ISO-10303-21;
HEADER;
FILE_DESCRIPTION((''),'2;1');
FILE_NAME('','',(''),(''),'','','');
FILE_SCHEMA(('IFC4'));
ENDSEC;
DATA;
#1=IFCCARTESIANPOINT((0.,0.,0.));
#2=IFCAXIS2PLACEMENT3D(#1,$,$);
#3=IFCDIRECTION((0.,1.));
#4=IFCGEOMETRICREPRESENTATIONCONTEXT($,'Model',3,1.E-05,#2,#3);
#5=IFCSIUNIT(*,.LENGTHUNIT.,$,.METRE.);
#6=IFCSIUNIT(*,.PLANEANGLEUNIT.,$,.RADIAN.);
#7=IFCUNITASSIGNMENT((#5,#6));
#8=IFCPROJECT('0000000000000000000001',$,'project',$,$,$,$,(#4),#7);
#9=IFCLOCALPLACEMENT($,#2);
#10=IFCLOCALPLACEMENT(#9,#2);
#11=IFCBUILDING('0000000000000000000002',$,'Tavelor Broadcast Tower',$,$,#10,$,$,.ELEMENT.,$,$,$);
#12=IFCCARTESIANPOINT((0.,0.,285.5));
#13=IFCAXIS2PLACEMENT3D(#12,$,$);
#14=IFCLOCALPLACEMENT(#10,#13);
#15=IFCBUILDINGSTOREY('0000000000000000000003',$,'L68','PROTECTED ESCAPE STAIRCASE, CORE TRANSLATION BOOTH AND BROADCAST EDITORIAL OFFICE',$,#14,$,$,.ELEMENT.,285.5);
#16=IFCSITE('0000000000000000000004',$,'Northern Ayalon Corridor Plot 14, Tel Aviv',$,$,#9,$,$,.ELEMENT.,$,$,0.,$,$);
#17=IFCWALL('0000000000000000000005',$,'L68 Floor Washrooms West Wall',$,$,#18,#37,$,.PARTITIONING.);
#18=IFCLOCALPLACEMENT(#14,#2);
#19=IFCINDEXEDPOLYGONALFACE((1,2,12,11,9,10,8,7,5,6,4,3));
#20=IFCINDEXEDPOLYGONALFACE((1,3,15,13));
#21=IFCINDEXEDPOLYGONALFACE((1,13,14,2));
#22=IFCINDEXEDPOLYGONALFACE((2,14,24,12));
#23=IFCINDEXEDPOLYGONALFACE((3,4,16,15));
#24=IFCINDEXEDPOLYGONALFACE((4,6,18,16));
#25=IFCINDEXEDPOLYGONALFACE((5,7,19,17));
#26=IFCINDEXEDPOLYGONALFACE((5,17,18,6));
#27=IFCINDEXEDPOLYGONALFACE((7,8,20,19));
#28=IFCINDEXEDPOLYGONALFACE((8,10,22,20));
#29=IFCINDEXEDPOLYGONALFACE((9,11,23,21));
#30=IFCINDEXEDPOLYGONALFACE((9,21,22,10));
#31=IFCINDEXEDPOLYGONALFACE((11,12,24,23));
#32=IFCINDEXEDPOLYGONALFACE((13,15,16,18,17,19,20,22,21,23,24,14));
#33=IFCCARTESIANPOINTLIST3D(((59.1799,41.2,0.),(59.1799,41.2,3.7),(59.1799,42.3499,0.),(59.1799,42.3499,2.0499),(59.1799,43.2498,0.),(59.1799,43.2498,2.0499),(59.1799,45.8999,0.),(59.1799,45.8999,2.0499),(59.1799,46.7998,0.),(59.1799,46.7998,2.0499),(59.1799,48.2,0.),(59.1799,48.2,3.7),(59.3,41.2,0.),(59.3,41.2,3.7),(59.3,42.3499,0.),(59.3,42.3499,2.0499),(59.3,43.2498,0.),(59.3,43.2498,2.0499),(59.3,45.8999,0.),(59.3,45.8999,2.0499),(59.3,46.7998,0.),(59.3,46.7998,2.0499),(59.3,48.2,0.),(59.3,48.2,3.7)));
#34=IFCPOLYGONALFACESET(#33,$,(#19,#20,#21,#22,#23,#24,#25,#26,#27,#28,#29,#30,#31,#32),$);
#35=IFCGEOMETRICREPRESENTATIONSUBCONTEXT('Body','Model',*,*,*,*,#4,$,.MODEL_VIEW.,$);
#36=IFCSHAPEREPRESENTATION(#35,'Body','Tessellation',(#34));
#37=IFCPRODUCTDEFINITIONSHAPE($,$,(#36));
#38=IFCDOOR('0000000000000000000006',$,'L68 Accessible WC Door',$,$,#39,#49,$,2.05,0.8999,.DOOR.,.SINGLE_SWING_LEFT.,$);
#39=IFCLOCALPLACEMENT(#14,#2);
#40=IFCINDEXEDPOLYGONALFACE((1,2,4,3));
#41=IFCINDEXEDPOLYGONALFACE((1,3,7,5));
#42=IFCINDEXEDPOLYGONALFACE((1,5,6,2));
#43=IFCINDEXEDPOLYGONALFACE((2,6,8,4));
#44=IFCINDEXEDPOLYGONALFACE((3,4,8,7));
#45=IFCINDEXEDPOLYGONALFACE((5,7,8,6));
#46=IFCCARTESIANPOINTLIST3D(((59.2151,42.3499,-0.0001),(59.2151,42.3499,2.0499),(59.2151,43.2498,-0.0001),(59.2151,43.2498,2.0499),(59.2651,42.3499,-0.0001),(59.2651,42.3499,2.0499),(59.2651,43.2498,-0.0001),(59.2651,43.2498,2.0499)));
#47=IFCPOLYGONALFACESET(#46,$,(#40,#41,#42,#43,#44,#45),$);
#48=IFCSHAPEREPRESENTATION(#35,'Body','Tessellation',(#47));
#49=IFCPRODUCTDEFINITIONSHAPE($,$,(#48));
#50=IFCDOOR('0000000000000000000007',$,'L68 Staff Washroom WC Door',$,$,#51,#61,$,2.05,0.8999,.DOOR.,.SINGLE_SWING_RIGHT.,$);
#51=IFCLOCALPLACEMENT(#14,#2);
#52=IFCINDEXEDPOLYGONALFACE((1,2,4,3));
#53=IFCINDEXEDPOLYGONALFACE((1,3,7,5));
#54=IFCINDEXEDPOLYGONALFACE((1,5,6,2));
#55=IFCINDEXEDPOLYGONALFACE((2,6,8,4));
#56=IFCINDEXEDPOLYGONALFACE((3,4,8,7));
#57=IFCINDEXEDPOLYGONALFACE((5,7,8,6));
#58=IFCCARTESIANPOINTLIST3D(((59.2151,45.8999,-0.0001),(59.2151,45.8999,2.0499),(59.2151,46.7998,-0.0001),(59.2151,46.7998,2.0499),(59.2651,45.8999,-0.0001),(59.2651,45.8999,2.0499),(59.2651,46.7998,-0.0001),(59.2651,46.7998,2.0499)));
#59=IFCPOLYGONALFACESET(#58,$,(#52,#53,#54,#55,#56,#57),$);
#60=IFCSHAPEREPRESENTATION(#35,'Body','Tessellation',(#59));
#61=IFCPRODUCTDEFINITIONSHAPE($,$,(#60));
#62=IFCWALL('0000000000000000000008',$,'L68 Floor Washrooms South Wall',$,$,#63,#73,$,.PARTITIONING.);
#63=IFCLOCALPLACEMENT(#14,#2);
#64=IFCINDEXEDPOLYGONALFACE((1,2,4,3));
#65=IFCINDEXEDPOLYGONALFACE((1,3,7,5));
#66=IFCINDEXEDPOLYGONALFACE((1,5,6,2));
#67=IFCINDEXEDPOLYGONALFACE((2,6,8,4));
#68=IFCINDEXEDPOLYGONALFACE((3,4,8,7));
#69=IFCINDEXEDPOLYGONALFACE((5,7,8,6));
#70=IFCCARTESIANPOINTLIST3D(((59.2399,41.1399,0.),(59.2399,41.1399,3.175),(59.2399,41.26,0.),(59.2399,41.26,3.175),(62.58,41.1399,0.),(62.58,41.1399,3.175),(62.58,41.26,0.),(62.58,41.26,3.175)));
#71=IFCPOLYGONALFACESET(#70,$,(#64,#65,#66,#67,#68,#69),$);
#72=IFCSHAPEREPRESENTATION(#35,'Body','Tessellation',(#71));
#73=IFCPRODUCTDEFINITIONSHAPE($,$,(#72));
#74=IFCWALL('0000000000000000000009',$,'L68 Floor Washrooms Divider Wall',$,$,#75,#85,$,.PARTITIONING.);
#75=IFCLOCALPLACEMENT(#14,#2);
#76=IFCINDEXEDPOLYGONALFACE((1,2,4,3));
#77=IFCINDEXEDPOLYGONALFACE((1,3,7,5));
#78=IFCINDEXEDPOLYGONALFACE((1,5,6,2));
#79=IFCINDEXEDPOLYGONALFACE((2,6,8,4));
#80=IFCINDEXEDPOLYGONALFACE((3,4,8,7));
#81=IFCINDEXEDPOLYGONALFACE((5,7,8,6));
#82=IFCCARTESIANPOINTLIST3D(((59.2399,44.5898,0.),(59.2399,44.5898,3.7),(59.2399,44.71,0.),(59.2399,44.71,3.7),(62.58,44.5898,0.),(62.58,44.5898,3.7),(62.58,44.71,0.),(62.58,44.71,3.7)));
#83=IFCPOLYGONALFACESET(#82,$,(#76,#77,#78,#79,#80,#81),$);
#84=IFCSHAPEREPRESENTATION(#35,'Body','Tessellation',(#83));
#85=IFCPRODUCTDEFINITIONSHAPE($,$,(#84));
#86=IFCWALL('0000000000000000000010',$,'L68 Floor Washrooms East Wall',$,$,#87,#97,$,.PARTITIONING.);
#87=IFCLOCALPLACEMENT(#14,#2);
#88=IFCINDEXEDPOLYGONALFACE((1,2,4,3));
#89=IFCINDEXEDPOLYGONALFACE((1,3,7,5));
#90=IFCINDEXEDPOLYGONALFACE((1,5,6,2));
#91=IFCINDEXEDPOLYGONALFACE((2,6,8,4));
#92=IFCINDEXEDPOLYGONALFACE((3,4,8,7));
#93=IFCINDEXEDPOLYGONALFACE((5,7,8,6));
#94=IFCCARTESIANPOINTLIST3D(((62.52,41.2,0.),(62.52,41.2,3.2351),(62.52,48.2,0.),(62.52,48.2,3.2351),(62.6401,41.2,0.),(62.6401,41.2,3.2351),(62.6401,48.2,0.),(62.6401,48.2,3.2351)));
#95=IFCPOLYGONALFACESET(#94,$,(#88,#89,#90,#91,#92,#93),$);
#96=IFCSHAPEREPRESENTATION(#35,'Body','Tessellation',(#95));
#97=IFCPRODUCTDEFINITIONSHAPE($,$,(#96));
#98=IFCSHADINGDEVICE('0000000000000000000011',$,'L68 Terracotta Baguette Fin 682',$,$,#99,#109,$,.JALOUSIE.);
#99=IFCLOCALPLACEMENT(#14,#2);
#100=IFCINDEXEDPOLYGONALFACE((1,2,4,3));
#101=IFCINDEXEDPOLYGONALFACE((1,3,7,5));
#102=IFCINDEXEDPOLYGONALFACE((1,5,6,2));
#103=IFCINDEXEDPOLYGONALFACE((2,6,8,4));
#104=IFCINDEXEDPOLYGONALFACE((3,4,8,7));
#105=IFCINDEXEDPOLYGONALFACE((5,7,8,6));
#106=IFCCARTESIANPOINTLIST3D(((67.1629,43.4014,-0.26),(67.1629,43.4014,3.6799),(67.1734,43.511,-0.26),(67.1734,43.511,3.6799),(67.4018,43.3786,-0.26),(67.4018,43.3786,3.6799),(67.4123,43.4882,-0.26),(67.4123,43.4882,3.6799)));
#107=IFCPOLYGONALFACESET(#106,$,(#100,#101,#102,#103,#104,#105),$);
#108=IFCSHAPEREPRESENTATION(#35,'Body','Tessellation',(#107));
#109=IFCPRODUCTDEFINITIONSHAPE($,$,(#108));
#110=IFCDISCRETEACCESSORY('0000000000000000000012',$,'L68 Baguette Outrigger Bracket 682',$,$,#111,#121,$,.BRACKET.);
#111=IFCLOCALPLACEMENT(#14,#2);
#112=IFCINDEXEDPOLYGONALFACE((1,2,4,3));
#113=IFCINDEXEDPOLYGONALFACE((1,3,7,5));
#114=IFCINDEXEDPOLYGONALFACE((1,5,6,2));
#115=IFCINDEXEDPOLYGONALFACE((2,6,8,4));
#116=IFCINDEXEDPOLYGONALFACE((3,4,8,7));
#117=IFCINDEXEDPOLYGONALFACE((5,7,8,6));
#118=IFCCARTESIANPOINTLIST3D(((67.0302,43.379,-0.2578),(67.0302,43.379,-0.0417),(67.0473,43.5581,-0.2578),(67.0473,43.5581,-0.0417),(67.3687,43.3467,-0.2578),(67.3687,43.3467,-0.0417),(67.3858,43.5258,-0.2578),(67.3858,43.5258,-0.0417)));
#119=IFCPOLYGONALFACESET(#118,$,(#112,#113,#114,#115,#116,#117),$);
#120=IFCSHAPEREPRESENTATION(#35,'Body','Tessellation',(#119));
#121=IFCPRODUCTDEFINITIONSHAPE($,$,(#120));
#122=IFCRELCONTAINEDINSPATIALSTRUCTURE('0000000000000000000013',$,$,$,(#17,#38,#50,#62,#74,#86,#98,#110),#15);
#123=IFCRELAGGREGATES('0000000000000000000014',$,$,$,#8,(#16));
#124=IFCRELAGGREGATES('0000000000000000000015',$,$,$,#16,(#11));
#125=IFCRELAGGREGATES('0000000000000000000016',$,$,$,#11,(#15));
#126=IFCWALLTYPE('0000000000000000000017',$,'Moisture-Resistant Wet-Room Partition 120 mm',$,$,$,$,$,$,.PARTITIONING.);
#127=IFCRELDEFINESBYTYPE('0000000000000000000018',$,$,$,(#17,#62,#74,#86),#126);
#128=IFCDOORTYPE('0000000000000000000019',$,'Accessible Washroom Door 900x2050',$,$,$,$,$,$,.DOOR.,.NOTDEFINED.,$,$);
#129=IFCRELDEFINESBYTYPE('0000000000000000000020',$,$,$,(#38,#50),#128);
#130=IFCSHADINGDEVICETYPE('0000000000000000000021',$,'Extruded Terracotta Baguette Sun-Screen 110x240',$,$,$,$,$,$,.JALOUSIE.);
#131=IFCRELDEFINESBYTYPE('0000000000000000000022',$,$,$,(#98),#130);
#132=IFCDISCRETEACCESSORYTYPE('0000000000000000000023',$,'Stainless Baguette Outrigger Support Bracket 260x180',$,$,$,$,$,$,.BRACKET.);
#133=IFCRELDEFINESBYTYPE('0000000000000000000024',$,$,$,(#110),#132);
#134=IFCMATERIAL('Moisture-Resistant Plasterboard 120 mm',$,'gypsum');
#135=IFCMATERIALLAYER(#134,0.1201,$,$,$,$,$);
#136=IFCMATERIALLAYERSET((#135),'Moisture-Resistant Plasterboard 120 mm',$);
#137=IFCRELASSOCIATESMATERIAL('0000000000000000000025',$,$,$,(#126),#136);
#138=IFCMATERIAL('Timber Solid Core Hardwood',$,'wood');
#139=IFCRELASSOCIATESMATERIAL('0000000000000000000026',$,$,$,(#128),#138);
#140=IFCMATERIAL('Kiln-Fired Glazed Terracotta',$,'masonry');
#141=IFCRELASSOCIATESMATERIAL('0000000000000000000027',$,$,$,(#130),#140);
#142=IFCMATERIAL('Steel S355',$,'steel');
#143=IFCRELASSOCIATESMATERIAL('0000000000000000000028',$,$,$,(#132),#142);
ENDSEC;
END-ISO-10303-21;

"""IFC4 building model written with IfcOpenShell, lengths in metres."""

from ifc_helpers import new_model, si_unit, direction, frame, frame_2d, origin, origin_2d, place, context, subcontext, project, spatial, rectangle, extrude, source, transform, mapped, material, layer, layer_set, type_object, type_shapes, element, fill, save


model = new_model("IFC4")

# Units and contexts
model_context = context("Model", 3, precision=1e-05, world=origin(), true_north=direction((0.0, 1.0)))
body_context = subcontext(model_context, "Body", "Model", "MODEL_VIEW")
ifc_project = project(units=[si_unit("LENGTHUNIT", "METRE"), si_unit("PLANEANGLEUNIT", "RADIAN")], contexts=[model_context])

# Site, building, storey
site_placement = place(None, origin())
site = spatial("IfcSite", under=ifc_project, at=site_placement, Name="Northern Ayalon Corridor Plot 14, Tel Aviv", CompositionType="ELEMENT", RefElevation=0.0)
building_placement = place(site_placement, origin())
building = spatial("IfcBuilding", under=site, at=building_placement, Name="Tavelor Broadcast Tower", CompositionType="ELEMENT")
storey_placement = place(building_placement, frame((0.0, 0.0, 285.5)))
storey = spatial("IfcBuildingStorey", under=building, at=storey_placement, Name="L68", Description="PROTECTED ESCAPE STAIRCASE, CORE TRANSLATION BOOTH AND BROADCAST EDITORIAL OFFICE", CompositionType="ELEMENT", Elevation=285.5)

# Shared definitions
ifc_material_1 = material(Name="Steel S355", Category="steel")

# Shared definitions
ifc_material_2 = material(Name="Timber Solid Core Hardwood", Category="wood")

# Wall, openings, doors
ifc_material_3 = material(Name="Moisture-Resistant Plasterboard 120 mm", Category="gypsum")
ifc_layer_1 = layer(ifc_material_3, 0.1201)
ifc_layer_set_1 = layer_set([ifc_layer_1], Name="Moisture-Resistant Plasterboard 120 mm")
wall_type_1 = type_object("IfcWallType", Name="Moisture-Resistant Wet-Room Partition 120 mm", PredefinedType="PARTITIONING", material=ifc_layer_set_1)
wall_1_placement = place(storey_placement, frame((59.24, 41.2, 0.0), z_axis=(0.0, 0.0, 1.0), x_axis=(0.0, 1.0, 0.0)))
wall_1 = element("IfcWall", 1, at=wall_1_placement, inside=storey, type_object=wall_type_1, Name="L68 Floor Washrooms West Wall", PredefinedType="PARTITIONING", context=body_context, shape_type="SweptSolid", body=[
    extrude(rectangle(XDim=7.0, YDim=0.1201, at=frame_2d((3.5, 0.0))), origin(), (0.0, 0.0, 1.0), 3.7),
])
opening_1_placement = place(wall_1_placement, frame((1.1499, 0.0, 0.0)))
opening_1 = element("IfcOpeningElement", 2, at=opening_1_placement, cuts=wall_1, PredefinedType="OPENING", context=body_context, shape_type="SweptSolid", body=[
    extrude(rectangle(XDim=0.8999, YDim=2.05, at=frame_2d((0.45, 1.0249))), frame((0.0, 0.0701, 0.0), z_axis=(0.0, -1.0, 0.0), x_axis=(1.0, 0.0, 0.0)), (0.0, 0.0, 1.0), 0.1401),
])
opening_2_placement = place(wall_1_placement, frame((4.7, 0.0, 0.0)))
opening_2 = element("IfcOpeningElement", 3, at=opening_2_placement, cuts=wall_1, PredefinedType="OPENING", context=body_context, shape_type="SweptSolid", body=[
    extrude(rectangle(XDim=0.8999, YDim=2.05, at=frame_2d((0.45, 1.0249))), frame((0.0, 0.0701, 0.0), z_axis=(0.0, -1.0, 0.0), x_axis=(1.0, 0.0, 0.0)), (0.0, 0.0, 1.0), 0.1401),
])
door_type_1 = type_object("IfcDoorType", Name="Accessible Washroom Door 900x2050", OperationType="NOTDEFINED", PredefinedType="DOOR", material=ifc_material_2)
door_1_placement = place(opening_1_placement, origin())
door_1 = element("IfcDoor", 4, at=door_1_placement, inside=storey, type_object=door_type_1, Name="L68 Accessible WC Door", OperationType="SINGLE_SWING_LEFT", OverallHeight=2.05, OverallWidth=0.8999, PredefinedType="DOOR", context=body_context, shape_type="SweptSolid", body=[
    extrude(rectangle(XDim=0.8999, YDim=2.05, at=frame_2d((0.45, 1.0249))), frame((0.0, 0.0249, 0.0), z_axis=(0.0, -1.0, 0.0), x_axis=(1.0, 0.0, 0.0)), (0.0, 0.0, 1.0), 0.05),
])
fill(opening_1, door_1)
door_2_placement = place(opening_2_placement, origin())
door_2 = element("IfcDoor", 5, at=door_2_placement, inside=storey, type_object=door_type_1, Name="L68 Staff Washroom WC Door", OperationType="SINGLE_SWING_RIGHT", OverallHeight=2.05, OverallWidth=0.8999, PredefinedType="DOOR", context=body_context, shape_type="SweptSolid", body=[
    extrude(rectangle(XDim=0.8999, YDim=2.05, at=frame_2d((0.45, 1.0249))), frame((0.0, 0.0249, 0.0), z_axis=(0.0, -1.0, 0.0), x_axis=(1.0, 0.0, 0.0)), (0.0, 0.0, 1.0), 0.05),
])
fill(opening_2, door_2)

# Walls
wall_2_placement = place(storey_placement, frame((59.24, 41.2, 0.0), z_axis=(0.0, 0.0, 1.0), x_axis=(1.0, 0.0, 0.0)))
element("IfcWall", 6, at=wall_2_placement, inside=storey, type_object=wall_type_1, Name="L68 Floor Washrooms South Wall", PredefinedType="PARTITIONING", context=body_context, shape_type="SweptSolid", body=[
    extrude(rectangle(XDim=3.3401, YDim=0.1201, at=frame_2d((1.6699, 0.0))), origin(), (0.0, 0.0, 1.0), 3.175),
])
wall_3_placement = place(storey_placement, frame((59.24, 44.6499, 0.0), z_axis=(0.0, 0.0, 1.0), x_axis=(1.0, 0.0, 0.0)))
element("IfcWall", 7, at=wall_3_placement, inside=storey, type_object=wall_type_1, Name="L68 Floor Washrooms Divider Wall", PredefinedType="PARTITIONING", context=body_context, shape_type="SweptSolid", body=[
    extrude(rectangle(XDim=3.3401, YDim=0.1201, at=frame_2d((1.6699, 0.0))), origin(), (0.0, 0.0, 1.0), 3.7),
])
wall_4_placement = place(storey_placement, frame((62.5801, 41.2, 0.0), z_axis=(0.0, 0.0, 1.0), x_axis=(0.0, 1.0, 0.0)))
element("IfcWall", 8, at=wall_4_placement, inside=storey, type_object=wall_type_1, Name="L68 Floor Washrooms East Wall", PredefinedType="PARTITIONING", context=body_context, shape_type="SweptSolid", body=[
    extrude(rectangle(XDim=7.0, YDim=0.1201, at=frame_2d((3.5, 0.0))), origin(), (0.0, 0.0, 1.0), 3.2351),
])

# Shading device
ifc_material_4 = material(Name="Kiln-Fired Glazed Terracotta", Category="masonry")
shading_device_type = type_object("IfcShadingDeviceType", Name="Extruded Terracotta Baguette Sun-Screen 110x240", PredefinedType="JALOUSIE", material=ifc_material_4)
shared_shape_1 = source(origin(), body_context, "Body", "SweptSolid", [
    extrude(rectangle(XDim=0.1101, YDim=0.24, at=origin_2d()), origin(), (0.0, 0.0, 1.0), 3.9399),
])
type_shapes(shading_device_type, [shared_shape_1])
shading_device_placement = place(storey_placement, frame((67.2876, 43.4448, -0.26), z_axis=(0.0, 0.0, 1.0), x_axis=(0.094977, 0.995479, 0.0)))
element("IfcShadingDevice", 9, at=shading_device_placement, inside=storey, type_object=shading_device_type, Name="L68 Terracotta Baguette Fin 682", PredefinedType="JALOUSIE", context=body_context, shape_type="MappedRepresentation", body=[
    mapped(shared_shape_1, transform((0.0, 0.0, 0.0), scale=1.0)),
])

# Discrete accessory
discrete_accessory_type = type_object("IfcDiscreteAccessoryType", Name="Stainless Baguette Outrigger Support Bracket 260x180", PredefinedType="BRACKET", material=ifc_material_1)
shared_shape_2 = source(origin(), body_context, "Body", "SweptSolid", [
    extrude(rectangle(XDim=0.1799, YDim=0.3401, at=origin_2d()), origin(), (0.0, 0.0, 1.0), 0.2161),
])
type_shapes(discrete_accessory_type, [shared_shape_2])
discrete_accessory_placement = place(storey_placement, frame((67.208, 43.4524, -0.2578), z_axis=(0.0, 0.0, 1.0), x_axis=(0.094977, 0.995479, 0.0)))
element("IfcDiscreteAccessory", 10, at=discrete_accessory_placement, inside=storey, type_object=discrete_accessory_type, Name="L68 Baguette Outrigger Bracket 682", PredefinedType="BRACKET", context=body_context, shape_type="MappedRepresentation", body=[
    mapped(shared_shape_2, transform((0.0, 0.0, 0.0), scale=1.0)),
])

save(model, "model.ifc")
